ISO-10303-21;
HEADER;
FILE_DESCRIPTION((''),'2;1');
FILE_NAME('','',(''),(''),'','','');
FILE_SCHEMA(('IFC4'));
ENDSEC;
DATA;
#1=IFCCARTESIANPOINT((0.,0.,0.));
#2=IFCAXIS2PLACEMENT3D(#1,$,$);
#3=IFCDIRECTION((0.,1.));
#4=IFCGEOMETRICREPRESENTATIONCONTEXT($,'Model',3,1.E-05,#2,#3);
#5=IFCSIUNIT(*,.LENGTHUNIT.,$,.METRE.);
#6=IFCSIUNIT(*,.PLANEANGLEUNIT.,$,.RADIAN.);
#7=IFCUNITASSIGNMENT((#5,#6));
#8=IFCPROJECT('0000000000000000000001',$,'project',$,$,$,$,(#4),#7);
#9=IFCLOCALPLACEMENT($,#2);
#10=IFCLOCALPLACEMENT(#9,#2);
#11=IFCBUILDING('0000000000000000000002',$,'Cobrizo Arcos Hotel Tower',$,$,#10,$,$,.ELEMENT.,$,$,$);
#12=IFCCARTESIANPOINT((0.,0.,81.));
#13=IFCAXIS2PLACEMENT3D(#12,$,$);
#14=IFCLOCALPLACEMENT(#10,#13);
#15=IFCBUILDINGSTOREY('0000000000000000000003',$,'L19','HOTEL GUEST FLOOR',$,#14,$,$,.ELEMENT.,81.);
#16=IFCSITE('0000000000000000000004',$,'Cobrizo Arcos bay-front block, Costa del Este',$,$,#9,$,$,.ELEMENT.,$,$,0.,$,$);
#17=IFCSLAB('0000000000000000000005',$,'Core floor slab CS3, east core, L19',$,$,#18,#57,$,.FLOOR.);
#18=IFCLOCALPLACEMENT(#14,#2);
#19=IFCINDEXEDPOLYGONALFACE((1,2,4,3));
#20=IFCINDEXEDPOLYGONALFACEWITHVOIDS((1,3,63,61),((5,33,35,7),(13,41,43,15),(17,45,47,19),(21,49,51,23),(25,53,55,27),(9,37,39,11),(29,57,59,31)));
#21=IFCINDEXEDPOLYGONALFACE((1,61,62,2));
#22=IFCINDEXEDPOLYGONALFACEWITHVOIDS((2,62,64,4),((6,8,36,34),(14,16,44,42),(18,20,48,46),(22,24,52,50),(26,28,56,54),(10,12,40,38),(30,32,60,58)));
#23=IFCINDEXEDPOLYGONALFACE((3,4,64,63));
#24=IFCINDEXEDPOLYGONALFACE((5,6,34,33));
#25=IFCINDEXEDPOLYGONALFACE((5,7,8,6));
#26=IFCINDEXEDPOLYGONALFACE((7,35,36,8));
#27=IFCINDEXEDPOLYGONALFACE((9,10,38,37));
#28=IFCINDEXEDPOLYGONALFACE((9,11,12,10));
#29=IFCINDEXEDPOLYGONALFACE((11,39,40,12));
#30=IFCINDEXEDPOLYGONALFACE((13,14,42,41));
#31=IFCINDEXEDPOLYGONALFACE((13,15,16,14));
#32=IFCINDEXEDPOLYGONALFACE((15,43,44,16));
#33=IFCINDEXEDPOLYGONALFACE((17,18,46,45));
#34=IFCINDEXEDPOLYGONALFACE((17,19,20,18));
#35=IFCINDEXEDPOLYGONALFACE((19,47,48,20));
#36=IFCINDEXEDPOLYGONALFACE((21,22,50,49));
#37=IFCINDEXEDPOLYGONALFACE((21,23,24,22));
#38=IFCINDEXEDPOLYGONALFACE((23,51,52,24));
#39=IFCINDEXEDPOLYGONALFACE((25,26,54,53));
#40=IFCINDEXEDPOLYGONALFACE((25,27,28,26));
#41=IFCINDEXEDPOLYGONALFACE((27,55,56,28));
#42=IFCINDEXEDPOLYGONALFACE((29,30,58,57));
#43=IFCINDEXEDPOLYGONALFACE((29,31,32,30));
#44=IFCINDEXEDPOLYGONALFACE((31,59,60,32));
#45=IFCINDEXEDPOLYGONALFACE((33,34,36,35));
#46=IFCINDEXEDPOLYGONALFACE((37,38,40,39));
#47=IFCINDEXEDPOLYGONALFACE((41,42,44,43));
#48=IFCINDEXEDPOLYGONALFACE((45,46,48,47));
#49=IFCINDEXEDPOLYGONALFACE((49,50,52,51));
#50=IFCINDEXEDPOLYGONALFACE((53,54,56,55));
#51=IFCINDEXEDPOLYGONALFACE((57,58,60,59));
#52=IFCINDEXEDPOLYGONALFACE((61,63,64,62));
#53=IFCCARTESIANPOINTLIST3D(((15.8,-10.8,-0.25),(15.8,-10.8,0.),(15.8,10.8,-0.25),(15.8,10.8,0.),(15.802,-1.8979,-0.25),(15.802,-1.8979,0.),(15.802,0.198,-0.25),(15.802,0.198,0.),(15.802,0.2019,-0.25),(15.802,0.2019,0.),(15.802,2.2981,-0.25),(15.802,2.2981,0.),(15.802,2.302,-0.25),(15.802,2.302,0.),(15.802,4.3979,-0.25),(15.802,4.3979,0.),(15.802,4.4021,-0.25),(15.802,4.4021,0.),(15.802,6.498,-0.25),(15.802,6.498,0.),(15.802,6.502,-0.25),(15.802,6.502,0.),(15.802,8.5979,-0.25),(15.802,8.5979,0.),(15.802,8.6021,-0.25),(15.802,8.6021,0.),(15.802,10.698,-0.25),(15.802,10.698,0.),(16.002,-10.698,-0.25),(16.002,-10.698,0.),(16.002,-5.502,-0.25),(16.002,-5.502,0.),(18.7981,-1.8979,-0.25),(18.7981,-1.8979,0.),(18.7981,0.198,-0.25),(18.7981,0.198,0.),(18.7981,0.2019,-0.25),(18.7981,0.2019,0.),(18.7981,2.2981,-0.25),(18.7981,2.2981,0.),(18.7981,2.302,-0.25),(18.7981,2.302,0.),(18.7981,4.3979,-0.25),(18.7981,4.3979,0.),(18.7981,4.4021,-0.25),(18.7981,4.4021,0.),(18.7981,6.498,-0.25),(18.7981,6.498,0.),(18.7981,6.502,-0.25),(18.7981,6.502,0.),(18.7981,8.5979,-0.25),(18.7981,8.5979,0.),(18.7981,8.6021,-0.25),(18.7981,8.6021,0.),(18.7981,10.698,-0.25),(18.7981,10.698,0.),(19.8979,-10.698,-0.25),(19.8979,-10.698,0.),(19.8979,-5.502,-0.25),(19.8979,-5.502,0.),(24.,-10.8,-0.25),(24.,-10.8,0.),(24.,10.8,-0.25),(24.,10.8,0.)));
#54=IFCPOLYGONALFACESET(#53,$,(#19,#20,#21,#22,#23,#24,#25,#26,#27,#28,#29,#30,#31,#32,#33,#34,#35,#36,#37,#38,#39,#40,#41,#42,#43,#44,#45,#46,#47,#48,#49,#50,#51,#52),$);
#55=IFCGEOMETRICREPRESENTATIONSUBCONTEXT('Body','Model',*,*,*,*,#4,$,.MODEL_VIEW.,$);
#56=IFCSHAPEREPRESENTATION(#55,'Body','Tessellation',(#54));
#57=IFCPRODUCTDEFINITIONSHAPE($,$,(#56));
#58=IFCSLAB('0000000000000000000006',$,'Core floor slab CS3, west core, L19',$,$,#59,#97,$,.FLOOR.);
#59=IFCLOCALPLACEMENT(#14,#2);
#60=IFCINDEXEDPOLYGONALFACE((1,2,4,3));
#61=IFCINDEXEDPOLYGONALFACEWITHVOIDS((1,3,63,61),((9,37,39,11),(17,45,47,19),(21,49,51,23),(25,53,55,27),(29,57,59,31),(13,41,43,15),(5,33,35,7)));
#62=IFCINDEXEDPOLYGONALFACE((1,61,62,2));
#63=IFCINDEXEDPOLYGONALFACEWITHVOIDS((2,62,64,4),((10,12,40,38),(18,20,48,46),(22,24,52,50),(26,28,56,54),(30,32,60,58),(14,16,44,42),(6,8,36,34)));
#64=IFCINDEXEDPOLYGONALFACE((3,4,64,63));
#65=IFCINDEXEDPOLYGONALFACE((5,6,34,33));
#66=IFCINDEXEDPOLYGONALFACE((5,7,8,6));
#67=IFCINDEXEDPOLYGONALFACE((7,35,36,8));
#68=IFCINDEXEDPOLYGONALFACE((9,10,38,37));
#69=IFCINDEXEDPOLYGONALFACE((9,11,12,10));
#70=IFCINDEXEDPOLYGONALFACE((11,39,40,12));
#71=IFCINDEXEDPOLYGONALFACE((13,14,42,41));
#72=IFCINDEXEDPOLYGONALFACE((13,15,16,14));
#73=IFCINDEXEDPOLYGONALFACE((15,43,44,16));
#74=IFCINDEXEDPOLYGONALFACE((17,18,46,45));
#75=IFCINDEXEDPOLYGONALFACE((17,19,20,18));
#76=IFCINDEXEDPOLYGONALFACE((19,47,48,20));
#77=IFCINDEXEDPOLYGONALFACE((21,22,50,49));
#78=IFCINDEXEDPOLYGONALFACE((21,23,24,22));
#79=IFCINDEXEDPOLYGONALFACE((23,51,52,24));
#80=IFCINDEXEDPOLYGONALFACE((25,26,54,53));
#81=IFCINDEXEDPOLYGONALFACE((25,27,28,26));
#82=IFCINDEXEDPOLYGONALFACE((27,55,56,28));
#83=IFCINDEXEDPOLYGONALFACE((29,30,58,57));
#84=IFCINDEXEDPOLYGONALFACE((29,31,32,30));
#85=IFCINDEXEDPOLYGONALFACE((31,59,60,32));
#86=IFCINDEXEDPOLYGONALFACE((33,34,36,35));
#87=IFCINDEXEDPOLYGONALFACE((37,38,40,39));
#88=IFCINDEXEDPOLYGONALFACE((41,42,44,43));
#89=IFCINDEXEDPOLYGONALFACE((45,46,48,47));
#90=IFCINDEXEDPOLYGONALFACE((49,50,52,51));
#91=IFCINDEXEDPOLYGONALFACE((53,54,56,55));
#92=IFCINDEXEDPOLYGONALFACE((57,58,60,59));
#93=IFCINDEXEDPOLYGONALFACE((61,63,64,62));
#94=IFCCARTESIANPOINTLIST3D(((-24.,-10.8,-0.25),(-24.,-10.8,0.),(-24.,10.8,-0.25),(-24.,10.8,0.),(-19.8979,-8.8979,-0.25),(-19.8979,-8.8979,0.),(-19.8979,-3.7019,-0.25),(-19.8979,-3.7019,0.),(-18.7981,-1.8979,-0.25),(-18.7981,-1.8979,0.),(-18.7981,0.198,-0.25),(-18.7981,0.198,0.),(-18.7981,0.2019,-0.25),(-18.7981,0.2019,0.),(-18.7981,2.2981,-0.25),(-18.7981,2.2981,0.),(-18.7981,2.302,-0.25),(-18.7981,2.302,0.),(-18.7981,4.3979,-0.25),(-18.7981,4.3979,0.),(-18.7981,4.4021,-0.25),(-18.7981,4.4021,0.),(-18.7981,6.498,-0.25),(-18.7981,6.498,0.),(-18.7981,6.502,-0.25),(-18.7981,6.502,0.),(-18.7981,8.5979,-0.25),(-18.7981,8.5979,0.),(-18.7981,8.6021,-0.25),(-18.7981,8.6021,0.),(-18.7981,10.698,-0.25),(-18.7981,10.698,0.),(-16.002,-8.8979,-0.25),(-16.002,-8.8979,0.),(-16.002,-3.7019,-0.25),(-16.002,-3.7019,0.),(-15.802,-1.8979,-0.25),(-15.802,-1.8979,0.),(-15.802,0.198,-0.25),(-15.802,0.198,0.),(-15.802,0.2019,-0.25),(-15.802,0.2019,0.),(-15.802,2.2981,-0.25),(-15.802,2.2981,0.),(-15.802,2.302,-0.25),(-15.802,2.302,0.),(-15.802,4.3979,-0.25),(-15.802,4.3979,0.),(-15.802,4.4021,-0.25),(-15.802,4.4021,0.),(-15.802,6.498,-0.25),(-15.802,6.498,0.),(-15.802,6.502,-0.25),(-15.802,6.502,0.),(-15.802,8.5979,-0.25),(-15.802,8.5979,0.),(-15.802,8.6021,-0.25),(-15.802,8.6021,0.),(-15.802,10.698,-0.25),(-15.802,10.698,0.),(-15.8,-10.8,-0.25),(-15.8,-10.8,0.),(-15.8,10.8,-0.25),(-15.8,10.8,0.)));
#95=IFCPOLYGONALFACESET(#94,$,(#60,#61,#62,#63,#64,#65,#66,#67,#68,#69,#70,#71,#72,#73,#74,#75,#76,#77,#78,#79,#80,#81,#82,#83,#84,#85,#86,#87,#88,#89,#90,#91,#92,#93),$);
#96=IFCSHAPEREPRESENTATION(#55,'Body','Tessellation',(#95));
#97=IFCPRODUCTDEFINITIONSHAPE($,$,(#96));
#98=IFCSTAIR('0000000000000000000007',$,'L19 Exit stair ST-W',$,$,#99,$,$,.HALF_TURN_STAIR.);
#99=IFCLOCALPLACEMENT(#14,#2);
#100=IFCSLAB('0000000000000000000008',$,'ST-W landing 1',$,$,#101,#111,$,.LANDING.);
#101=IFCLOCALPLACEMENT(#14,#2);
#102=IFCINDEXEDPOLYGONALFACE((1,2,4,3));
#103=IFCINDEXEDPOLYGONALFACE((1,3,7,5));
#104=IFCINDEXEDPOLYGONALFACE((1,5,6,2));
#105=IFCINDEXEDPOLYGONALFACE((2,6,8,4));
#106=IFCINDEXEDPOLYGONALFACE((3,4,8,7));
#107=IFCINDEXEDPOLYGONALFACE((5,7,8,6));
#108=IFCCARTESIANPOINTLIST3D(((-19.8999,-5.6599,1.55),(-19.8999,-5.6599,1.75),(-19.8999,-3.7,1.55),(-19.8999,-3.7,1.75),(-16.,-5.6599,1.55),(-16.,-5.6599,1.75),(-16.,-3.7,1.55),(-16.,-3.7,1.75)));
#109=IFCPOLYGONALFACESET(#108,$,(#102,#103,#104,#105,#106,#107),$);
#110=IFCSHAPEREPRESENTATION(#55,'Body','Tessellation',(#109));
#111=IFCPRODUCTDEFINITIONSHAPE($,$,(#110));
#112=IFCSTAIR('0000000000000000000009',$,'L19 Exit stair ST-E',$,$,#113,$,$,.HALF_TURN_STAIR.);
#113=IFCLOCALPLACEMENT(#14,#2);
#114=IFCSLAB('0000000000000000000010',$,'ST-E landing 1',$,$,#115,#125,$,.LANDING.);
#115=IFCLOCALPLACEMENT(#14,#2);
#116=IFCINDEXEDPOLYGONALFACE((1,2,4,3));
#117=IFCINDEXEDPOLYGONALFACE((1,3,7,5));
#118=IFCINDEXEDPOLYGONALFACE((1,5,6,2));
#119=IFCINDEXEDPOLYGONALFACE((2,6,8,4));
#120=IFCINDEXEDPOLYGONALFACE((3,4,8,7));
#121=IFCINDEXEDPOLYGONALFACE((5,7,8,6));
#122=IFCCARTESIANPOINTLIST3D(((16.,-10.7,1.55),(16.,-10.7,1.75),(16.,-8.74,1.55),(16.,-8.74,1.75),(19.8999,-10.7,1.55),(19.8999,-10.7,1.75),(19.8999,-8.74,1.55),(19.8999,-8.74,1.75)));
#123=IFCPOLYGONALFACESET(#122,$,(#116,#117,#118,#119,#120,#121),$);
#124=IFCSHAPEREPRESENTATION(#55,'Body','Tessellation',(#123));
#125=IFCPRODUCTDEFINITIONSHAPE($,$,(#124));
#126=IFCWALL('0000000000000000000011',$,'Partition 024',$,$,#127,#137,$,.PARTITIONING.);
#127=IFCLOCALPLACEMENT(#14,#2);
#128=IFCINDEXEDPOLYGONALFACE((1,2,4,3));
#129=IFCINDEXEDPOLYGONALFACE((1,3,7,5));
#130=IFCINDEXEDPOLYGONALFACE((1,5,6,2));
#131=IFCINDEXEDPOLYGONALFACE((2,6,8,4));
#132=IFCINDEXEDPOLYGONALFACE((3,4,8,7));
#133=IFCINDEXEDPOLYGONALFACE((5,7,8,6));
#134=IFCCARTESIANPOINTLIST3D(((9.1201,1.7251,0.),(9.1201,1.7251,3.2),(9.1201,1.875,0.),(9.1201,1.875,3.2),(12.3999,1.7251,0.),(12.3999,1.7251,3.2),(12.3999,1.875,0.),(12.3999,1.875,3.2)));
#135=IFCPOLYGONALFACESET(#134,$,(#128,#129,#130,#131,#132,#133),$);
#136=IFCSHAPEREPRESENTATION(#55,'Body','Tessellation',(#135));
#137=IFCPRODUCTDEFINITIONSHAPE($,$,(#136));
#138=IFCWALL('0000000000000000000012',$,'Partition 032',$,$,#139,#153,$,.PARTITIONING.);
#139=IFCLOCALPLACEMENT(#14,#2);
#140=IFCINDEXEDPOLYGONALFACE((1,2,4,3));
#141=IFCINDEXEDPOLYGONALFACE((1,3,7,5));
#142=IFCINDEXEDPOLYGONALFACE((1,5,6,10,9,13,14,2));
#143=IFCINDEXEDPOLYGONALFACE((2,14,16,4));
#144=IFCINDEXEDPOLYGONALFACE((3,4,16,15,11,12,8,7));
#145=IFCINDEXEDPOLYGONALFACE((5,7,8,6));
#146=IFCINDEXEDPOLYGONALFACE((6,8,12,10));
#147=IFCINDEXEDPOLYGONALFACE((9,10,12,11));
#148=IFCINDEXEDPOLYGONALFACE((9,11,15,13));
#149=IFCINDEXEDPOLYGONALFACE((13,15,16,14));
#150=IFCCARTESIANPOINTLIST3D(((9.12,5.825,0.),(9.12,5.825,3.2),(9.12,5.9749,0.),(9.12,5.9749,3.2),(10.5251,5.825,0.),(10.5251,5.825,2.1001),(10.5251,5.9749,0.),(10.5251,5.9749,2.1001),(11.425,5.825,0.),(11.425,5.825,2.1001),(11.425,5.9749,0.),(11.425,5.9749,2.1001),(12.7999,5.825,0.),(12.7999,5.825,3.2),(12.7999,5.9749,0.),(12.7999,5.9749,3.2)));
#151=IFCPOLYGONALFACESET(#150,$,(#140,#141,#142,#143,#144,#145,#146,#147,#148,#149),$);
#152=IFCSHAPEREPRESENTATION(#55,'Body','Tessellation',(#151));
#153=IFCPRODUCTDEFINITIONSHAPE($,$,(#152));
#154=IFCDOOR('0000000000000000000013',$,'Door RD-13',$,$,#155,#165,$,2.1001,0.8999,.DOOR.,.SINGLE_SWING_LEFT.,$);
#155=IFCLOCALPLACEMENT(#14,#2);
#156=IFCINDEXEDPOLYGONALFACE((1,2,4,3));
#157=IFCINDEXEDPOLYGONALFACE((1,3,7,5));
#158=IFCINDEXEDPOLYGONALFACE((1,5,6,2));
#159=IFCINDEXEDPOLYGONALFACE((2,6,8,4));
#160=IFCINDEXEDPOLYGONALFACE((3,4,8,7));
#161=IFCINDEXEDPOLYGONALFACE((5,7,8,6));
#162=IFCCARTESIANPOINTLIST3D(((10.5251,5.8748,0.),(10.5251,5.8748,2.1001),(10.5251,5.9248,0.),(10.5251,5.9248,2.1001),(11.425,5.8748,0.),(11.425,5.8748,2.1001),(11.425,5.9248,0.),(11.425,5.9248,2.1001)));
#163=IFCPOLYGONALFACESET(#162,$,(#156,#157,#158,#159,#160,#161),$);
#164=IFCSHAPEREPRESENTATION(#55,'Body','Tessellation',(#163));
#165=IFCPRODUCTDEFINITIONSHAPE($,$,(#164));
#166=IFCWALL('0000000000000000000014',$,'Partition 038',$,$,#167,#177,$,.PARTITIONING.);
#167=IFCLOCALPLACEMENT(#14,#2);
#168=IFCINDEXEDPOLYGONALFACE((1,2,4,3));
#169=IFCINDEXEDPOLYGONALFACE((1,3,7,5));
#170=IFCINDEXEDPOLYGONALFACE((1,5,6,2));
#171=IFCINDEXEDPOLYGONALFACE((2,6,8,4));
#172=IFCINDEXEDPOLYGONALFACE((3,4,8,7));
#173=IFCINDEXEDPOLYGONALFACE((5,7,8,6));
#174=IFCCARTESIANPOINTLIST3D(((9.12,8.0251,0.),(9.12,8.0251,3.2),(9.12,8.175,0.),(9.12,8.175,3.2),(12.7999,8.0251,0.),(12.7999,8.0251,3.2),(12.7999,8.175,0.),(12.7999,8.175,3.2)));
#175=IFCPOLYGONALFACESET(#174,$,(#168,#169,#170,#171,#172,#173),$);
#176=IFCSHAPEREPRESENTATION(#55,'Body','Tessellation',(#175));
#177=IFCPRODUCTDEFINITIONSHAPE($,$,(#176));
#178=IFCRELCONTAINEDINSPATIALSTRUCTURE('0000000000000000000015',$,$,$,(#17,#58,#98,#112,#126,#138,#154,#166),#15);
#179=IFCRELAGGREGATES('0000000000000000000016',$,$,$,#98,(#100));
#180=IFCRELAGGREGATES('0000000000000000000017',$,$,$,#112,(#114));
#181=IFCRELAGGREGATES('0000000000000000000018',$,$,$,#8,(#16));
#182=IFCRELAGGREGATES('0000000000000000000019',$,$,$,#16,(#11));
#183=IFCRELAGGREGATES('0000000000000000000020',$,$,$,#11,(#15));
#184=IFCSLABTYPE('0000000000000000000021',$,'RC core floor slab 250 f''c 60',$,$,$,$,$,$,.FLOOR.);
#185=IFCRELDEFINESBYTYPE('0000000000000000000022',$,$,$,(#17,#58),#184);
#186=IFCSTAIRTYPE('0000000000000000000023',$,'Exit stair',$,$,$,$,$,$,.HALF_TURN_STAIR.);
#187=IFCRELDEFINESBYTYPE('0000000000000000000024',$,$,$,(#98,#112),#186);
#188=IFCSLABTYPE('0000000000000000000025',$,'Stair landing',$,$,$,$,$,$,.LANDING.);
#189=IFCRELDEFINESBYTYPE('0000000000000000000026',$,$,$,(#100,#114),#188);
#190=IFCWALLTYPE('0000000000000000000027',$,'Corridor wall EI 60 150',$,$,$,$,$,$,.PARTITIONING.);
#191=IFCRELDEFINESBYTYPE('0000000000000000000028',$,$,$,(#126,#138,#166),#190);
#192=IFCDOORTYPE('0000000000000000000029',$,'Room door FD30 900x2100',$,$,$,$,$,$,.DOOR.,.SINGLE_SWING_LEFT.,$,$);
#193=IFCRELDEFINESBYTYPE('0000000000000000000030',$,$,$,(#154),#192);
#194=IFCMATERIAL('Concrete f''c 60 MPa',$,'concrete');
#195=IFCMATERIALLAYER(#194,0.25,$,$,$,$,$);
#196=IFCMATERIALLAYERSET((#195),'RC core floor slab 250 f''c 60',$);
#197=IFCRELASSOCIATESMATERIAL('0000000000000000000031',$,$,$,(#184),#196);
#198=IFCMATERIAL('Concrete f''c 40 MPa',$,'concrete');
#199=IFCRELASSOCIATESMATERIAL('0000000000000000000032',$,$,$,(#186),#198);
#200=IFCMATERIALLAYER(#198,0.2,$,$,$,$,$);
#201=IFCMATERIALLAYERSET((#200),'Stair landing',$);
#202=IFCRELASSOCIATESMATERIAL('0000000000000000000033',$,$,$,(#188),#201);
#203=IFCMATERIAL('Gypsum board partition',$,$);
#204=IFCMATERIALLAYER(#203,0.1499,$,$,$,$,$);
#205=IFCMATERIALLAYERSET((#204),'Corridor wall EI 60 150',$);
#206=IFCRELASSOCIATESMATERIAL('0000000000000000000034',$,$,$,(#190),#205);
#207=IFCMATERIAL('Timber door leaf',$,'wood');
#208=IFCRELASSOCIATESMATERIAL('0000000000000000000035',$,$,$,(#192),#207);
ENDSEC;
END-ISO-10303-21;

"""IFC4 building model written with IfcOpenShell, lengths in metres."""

from ifc_helpers import new_model, si_unit, direction, frame, frame_2d, origin, place, context, subcontext, project, spatial, polyline, rectangle, outline, extrude, material, layer, layer_set, type_object, element, fill, aggregate, save


model = new_model("IFC4")

# Units and contexts
model_context = context("Model", 3, precision=1e-05, world=origin(), true_north=direction((0.0, 1.0)))
body_context = subcontext(model_context, "Body", "Model", "MODEL_VIEW")
ifc_project = project(units=[si_unit("LENGTHUNIT", "METRE"), si_unit("PLANEANGLEUNIT", "RADIAN")], contexts=[model_context])

# Site, building, storey
site_placement = place(None, origin())
site = spatial("IfcSite", under=ifc_project, at=site_placement, Name="Cobrizo Arcos bay-front block, Costa del Este", CompositionType="ELEMENT", RefElevation=0.0)
building_placement = place(site_placement, origin())
building = spatial("IfcBuilding", under=site, at=building_placement, Name="Cobrizo Arcos Hotel Tower", CompositionType="ELEMENT")
storey_placement = place(building_placement, frame((0.0, 0.0, 81.0)))
storey = spatial("IfcBuildingStorey", under=building, at=storey_placement, Name="L19", Description="HOTEL GUEST FLOOR", CompositionType="ELEMENT", Elevation=81.0)

# Slabs
ifc_material_1 = material(Name="Concrete f'c 60 MPa", Category="concrete")
ifc_layer_1 = layer(ifc_material_1, 0.25)
ifc_layer_set_1 = layer_set([ifc_layer_1], Name="RC core floor slab 250 f'c 60")
slab_type_1 = type_object("IfcSlabType", Name="RC core floor slab 250 f'c 60", PredefinedType="FLOOR", material=ifc_layer_set_1)
slab_1_placement = place(storey_placement, frame((0.0, 0.0, -0.25)))
element("IfcSlab", 1, at=slab_1_placement, inside=storey, type_object=slab_type_1, Name="Core floor slab CS3, east core, L19", PredefinedType="FLOOR", context=body_context, shape_type="SweptSolid", body=[
    extrude(outline(polyline([(15.8, 10.8), (24.0, 10.8), (24.0, -10.8), (15.8, -10.8), (15.8, 10.8)]), holes=[polyline([(19.8979, -10.698), (19.8979, -5.502), (16.002, -5.502), (16.002, -10.698), (19.8979, -10.698)]), polyline([(15.802, 0.198), (15.802, -1.8979), (18.7981, -1.8979), (18.7981, 0.198), (15.802, 0.198)]), polyline([(18.7981, 2.2981), (15.802, 2.2981), (15.802, 0.2019), (18.7981, 0.2019), (18.7981, 2.2981)]), polyline([(18.7981, 4.3979), (15.802, 4.3979), (15.802, 2.302), (18.7981, 2.302), (18.7981, 4.3979)]), polyline([(15.802, 6.498), (15.802, 4.4021), (18.7981, 4.4021), (18.7981, 6.498), (15.802, 6.498)]), polyline([(18.7981, 8.5979), (15.802, 8.5979), (15.802, 6.502), (18.7981, 6.502), (18.7981, 8.5979)]), polyline([(18.7981, 10.698), (15.802, 10.698), (15.802, 8.6021), (18.7981, 8.6021), (18.7981, 10.698)])]), origin(), (0.0, 0.0, 1.0), 0.25),
])
slab_2_placement = place(storey_placement, frame((0.0, 0.0, -0.25)))
element("IfcSlab", 2, at=slab_2_placement, inside=storey, type_object=slab_type_1, Name="Core floor slab CS3, west core, L19", PredefinedType="FLOOR", context=body_context, shape_type="SweptSolid", body=[
    extrude(outline(polyline([(-24.0, 10.8), (-15.8, 10.8), (-15.8, -10.8), (-24.0, -10.8), (-24.0, 10.8)]), holes=[polyline([(-19.8979, -3.7019), (-19.8979, -8.8979), (-16.002, -8.8979), (-16.002, -3.7019), (-19.8979, -3.7019)]), polyline([(-18.7981, 0.198), (-18.7981, -1.8979), (-15.802, -1.8979), (-15.802, 0.198), (-18.7981, 0.198)]), polyline([(-15.802, 2.2981), (-18.7981, 2.2981), (-18.7981, 0.2019), (-15.802, 0.2019), (-15.802, 2.2981)]), polyline([(-15.802, 4.3979), (-18.7981, 4.3979), (-18.7981, 2.302), (-15.802, 2.302), (-15.802, 4.3979)]), polyline([(-18.7981, 6.498), (-18.7981, 4.4021), (-15.802, 4.4021), (-15.802, 6.498), (-18.7981, 6.498)]), polyline([(-15.802, 8.5979), (-18.7981, 8.5979), (-18.7981, 6.502), (-15.802, 6.502), (-15.802, 8.5979)]), polyline([(-15.802, 10.698), (-18.7981, 10.698), (-18.7981, 8.6021), (-15.802, 8.6021), (-15.802, 10.698)])]), origin(), (0.0, 0.0, 1.0), 0.25),
])

# Stairs, slabs
ifc_material_2 = material(Name="Concrete f'c 40 MPa", Category="concrete")
stair_type = type_object("IfcStairType", Name="Exit stair", PredefinedType="HALF_TURN_STAIR", material=ifc_material_2)
stair_1_placement = place(storey_placement, origin())
stair_1 = element("IfcStair", 3, at=stair_1_placement, inside=storey, type_object=stair_type, Name="L19 Exit stair ST-W", PredefinedType="HALF_TURN_STAIR")
ifc_layer_2 = layer(ifc_material_2, 0.2)
ifc_layer_set_2 = layer_set([ifc_layer_2], Name="Stair landing")
slab_type_2 = type_object("IfcSlabType", Name="Stair landing", PredefinedType="LANDING", material=ifc_layer_set_2)
slab_3_placement = place(storey_placement, frame((0.0, 0.0, 1.55)))
slab_3 = element("IfcSlab", 4, at=slab_3_placement, type_object=slab_type_2, Name="ST-W landing 1", PredefinedType="LANDING", context=body_context, shape_type="SweptSolid", body=[
    extrude(outline(polyline([(-16.0, -5.6599), (-16.0, -3.7), (-19.8999, -3.7), (-19.8999, -5.6599), (-16.0, -5.6599)])), origin(), (0.0, 0.0, 1.0), 0.2),
])
aggregate(stair_1, [slab_3])
stair_2_placement = place(storey_placement, origin())
stair_2 = element("IfcStair", 5, at=stair_2_placement, inside=storey, type_object=stair_type, Name="L19 Exit stair ST-E", PredefinedType="HALF_TURN_STAIR")
slab_4_placement = place(storey_placement, frame((0.0, 0.0, 1.55)))
slab_4 = element("IfcSlab", 6, at=slab_4_placement, type_object=slab_type_2, Name="ST-E landing 1", PredefinedType="LANDING", context=body_context, shape_type="SweptSolid", body=[
    extrude(outline(polyline([(16.0, -8.74), (16.0, -10.7), (19.8999, -10.7), (19.8999, -8.74), (16.0, -8.74)])), origin(), (0.0, 0.0, 1.0), 0.2),
])
aggregate(stair_2, [slab_4])

# Wall
ifc_material_3 = material(Name="Gypsum board partition")
ifc_layer_3 = layer(ifc_material_3, 0.1499)
ifc_layer_set_3 = layer_set([ifc_layer_3], Name="Corridor wall EI 60 150")
wall_type_1 = type_object("IfcWallType", Name="Corridor wall EI 60 150", PredefinedType="PARTITIONING", material=ifc_layer_set_3)
wall_1_placement = place(storey_placement, frame((9.1201, 1.8, 0.0), z_axis=(0.0, 0.0, 1.0), x_axis=(1.0, 0.0, 0.0)))
element("IfcWall", 7, at=wall_1_placement, inside=storey, type_object=wall_type_1, Name="Partition 024", PredefinedType="PARTITIONING", context=body_context, shape_type="SweptSolid", body=[
    extrude(rectangle(XDim=3.2798, YDim=0.1499, at=frame_2d((1.6399, 0.0))), origin(), (0.0, 0.0, 1.0), 3.2),
])

# Wall, opening, door
wall_2_placement = place(storey_placement, frame((9.1201, 5.8999, 0.0), z_axis=(0.0, 0.0, 1.0), x_axis=(1.0, 0.0, 0.0)))
wall_2 = element("IfcWall", 8, at=wall_2_placement, inside=storey, type_object=wall_type_1, Name="Partition 032", PredefinedType="PARTITIONING", context=body_context, shape_type="SweptSolid", body=[
    extrude(rectangle(XDim=3.6799, YDim=0.1499, at=frame_2d((1.8398, 0.0))), origin(), (0.0, 0.0, 1.0), 3.2),
])
opening_1_placement = place(wall_2_placement, frame((1.405, 0.0, 0.0)))
opening_1 = element("IfcOpeningElement", 9, at=opening_1_placement, cuts=wall_2, PredefinedType="OPENING", context=body_context, shape_type="SweptSolid", body=[
    extrude(rectangle(XDim=0.8999, YDim=2.1001, at=frame_2d((0.45, 1.05))), frame((0.0, 0.0869, 0.0), z_axis=(0.0, -1.0, 0.0), x_axis=(1.0, 0.0, 0.0)), (0.0, 0.0, 1.0), 0.1738),
])
ifc_material_4 = material(Name="Timber door leaf", Category="wood")
door_type_1 = type_object("IfcDoorType", Name="Room door FD30 900x2100", OperationType="SINGLE_SWING_LEFT", PredefinedType="DOOR", material=ifc_material_4)
door_1_placement = place(opening_1_placement, origin())
door_1 = element("IfcDoor", 10, at=door_1_placement, inside=storey, type_object=door_type_1, Name="Door RD-13", OperationType="SINGLE_SWING_LEFT", OverallHeight=2.1001, OverallWidth=0.8999, PredefinedType="DOOR", context=body_context, shape_type="SweptSolid", body=[
    extrude(rectangle(XDim=0.8999, YDim=2.1001, at=frame_2d((0.45, 1.05))), frame((0.0, 0.0249, 0.0), z_axis=(0.0, -1.0, 0.0), x_axis=(1.0, 0.0, 0.0)), (0.0, 0.0, 1.0), 0.05),
])
fill(opening_1, door_1)

# Wall
wall_3_placement = place(storey_placement, frame((9.1201, 8.1001, 0.0), z_axis=(0.0, 0.0, 1.0), x_axis=(1.0, 0.0, 0.0)))
element("IfcWall", 11, at=wall_3_placement, inside=storey, type_object=wall_type_1, Name="Partition 038", PredefinedType="PARTITIONING", context=body_context, shape_type="SweptSolid", body=[
    extrude(rectangle(XDim=3.6799, YDim=0.1499, at=frame_2d((1.8398, 0.0))), origin(), (0.0, 0.0, 1.0), 3.2),
])

save(model, "model.ifc")
